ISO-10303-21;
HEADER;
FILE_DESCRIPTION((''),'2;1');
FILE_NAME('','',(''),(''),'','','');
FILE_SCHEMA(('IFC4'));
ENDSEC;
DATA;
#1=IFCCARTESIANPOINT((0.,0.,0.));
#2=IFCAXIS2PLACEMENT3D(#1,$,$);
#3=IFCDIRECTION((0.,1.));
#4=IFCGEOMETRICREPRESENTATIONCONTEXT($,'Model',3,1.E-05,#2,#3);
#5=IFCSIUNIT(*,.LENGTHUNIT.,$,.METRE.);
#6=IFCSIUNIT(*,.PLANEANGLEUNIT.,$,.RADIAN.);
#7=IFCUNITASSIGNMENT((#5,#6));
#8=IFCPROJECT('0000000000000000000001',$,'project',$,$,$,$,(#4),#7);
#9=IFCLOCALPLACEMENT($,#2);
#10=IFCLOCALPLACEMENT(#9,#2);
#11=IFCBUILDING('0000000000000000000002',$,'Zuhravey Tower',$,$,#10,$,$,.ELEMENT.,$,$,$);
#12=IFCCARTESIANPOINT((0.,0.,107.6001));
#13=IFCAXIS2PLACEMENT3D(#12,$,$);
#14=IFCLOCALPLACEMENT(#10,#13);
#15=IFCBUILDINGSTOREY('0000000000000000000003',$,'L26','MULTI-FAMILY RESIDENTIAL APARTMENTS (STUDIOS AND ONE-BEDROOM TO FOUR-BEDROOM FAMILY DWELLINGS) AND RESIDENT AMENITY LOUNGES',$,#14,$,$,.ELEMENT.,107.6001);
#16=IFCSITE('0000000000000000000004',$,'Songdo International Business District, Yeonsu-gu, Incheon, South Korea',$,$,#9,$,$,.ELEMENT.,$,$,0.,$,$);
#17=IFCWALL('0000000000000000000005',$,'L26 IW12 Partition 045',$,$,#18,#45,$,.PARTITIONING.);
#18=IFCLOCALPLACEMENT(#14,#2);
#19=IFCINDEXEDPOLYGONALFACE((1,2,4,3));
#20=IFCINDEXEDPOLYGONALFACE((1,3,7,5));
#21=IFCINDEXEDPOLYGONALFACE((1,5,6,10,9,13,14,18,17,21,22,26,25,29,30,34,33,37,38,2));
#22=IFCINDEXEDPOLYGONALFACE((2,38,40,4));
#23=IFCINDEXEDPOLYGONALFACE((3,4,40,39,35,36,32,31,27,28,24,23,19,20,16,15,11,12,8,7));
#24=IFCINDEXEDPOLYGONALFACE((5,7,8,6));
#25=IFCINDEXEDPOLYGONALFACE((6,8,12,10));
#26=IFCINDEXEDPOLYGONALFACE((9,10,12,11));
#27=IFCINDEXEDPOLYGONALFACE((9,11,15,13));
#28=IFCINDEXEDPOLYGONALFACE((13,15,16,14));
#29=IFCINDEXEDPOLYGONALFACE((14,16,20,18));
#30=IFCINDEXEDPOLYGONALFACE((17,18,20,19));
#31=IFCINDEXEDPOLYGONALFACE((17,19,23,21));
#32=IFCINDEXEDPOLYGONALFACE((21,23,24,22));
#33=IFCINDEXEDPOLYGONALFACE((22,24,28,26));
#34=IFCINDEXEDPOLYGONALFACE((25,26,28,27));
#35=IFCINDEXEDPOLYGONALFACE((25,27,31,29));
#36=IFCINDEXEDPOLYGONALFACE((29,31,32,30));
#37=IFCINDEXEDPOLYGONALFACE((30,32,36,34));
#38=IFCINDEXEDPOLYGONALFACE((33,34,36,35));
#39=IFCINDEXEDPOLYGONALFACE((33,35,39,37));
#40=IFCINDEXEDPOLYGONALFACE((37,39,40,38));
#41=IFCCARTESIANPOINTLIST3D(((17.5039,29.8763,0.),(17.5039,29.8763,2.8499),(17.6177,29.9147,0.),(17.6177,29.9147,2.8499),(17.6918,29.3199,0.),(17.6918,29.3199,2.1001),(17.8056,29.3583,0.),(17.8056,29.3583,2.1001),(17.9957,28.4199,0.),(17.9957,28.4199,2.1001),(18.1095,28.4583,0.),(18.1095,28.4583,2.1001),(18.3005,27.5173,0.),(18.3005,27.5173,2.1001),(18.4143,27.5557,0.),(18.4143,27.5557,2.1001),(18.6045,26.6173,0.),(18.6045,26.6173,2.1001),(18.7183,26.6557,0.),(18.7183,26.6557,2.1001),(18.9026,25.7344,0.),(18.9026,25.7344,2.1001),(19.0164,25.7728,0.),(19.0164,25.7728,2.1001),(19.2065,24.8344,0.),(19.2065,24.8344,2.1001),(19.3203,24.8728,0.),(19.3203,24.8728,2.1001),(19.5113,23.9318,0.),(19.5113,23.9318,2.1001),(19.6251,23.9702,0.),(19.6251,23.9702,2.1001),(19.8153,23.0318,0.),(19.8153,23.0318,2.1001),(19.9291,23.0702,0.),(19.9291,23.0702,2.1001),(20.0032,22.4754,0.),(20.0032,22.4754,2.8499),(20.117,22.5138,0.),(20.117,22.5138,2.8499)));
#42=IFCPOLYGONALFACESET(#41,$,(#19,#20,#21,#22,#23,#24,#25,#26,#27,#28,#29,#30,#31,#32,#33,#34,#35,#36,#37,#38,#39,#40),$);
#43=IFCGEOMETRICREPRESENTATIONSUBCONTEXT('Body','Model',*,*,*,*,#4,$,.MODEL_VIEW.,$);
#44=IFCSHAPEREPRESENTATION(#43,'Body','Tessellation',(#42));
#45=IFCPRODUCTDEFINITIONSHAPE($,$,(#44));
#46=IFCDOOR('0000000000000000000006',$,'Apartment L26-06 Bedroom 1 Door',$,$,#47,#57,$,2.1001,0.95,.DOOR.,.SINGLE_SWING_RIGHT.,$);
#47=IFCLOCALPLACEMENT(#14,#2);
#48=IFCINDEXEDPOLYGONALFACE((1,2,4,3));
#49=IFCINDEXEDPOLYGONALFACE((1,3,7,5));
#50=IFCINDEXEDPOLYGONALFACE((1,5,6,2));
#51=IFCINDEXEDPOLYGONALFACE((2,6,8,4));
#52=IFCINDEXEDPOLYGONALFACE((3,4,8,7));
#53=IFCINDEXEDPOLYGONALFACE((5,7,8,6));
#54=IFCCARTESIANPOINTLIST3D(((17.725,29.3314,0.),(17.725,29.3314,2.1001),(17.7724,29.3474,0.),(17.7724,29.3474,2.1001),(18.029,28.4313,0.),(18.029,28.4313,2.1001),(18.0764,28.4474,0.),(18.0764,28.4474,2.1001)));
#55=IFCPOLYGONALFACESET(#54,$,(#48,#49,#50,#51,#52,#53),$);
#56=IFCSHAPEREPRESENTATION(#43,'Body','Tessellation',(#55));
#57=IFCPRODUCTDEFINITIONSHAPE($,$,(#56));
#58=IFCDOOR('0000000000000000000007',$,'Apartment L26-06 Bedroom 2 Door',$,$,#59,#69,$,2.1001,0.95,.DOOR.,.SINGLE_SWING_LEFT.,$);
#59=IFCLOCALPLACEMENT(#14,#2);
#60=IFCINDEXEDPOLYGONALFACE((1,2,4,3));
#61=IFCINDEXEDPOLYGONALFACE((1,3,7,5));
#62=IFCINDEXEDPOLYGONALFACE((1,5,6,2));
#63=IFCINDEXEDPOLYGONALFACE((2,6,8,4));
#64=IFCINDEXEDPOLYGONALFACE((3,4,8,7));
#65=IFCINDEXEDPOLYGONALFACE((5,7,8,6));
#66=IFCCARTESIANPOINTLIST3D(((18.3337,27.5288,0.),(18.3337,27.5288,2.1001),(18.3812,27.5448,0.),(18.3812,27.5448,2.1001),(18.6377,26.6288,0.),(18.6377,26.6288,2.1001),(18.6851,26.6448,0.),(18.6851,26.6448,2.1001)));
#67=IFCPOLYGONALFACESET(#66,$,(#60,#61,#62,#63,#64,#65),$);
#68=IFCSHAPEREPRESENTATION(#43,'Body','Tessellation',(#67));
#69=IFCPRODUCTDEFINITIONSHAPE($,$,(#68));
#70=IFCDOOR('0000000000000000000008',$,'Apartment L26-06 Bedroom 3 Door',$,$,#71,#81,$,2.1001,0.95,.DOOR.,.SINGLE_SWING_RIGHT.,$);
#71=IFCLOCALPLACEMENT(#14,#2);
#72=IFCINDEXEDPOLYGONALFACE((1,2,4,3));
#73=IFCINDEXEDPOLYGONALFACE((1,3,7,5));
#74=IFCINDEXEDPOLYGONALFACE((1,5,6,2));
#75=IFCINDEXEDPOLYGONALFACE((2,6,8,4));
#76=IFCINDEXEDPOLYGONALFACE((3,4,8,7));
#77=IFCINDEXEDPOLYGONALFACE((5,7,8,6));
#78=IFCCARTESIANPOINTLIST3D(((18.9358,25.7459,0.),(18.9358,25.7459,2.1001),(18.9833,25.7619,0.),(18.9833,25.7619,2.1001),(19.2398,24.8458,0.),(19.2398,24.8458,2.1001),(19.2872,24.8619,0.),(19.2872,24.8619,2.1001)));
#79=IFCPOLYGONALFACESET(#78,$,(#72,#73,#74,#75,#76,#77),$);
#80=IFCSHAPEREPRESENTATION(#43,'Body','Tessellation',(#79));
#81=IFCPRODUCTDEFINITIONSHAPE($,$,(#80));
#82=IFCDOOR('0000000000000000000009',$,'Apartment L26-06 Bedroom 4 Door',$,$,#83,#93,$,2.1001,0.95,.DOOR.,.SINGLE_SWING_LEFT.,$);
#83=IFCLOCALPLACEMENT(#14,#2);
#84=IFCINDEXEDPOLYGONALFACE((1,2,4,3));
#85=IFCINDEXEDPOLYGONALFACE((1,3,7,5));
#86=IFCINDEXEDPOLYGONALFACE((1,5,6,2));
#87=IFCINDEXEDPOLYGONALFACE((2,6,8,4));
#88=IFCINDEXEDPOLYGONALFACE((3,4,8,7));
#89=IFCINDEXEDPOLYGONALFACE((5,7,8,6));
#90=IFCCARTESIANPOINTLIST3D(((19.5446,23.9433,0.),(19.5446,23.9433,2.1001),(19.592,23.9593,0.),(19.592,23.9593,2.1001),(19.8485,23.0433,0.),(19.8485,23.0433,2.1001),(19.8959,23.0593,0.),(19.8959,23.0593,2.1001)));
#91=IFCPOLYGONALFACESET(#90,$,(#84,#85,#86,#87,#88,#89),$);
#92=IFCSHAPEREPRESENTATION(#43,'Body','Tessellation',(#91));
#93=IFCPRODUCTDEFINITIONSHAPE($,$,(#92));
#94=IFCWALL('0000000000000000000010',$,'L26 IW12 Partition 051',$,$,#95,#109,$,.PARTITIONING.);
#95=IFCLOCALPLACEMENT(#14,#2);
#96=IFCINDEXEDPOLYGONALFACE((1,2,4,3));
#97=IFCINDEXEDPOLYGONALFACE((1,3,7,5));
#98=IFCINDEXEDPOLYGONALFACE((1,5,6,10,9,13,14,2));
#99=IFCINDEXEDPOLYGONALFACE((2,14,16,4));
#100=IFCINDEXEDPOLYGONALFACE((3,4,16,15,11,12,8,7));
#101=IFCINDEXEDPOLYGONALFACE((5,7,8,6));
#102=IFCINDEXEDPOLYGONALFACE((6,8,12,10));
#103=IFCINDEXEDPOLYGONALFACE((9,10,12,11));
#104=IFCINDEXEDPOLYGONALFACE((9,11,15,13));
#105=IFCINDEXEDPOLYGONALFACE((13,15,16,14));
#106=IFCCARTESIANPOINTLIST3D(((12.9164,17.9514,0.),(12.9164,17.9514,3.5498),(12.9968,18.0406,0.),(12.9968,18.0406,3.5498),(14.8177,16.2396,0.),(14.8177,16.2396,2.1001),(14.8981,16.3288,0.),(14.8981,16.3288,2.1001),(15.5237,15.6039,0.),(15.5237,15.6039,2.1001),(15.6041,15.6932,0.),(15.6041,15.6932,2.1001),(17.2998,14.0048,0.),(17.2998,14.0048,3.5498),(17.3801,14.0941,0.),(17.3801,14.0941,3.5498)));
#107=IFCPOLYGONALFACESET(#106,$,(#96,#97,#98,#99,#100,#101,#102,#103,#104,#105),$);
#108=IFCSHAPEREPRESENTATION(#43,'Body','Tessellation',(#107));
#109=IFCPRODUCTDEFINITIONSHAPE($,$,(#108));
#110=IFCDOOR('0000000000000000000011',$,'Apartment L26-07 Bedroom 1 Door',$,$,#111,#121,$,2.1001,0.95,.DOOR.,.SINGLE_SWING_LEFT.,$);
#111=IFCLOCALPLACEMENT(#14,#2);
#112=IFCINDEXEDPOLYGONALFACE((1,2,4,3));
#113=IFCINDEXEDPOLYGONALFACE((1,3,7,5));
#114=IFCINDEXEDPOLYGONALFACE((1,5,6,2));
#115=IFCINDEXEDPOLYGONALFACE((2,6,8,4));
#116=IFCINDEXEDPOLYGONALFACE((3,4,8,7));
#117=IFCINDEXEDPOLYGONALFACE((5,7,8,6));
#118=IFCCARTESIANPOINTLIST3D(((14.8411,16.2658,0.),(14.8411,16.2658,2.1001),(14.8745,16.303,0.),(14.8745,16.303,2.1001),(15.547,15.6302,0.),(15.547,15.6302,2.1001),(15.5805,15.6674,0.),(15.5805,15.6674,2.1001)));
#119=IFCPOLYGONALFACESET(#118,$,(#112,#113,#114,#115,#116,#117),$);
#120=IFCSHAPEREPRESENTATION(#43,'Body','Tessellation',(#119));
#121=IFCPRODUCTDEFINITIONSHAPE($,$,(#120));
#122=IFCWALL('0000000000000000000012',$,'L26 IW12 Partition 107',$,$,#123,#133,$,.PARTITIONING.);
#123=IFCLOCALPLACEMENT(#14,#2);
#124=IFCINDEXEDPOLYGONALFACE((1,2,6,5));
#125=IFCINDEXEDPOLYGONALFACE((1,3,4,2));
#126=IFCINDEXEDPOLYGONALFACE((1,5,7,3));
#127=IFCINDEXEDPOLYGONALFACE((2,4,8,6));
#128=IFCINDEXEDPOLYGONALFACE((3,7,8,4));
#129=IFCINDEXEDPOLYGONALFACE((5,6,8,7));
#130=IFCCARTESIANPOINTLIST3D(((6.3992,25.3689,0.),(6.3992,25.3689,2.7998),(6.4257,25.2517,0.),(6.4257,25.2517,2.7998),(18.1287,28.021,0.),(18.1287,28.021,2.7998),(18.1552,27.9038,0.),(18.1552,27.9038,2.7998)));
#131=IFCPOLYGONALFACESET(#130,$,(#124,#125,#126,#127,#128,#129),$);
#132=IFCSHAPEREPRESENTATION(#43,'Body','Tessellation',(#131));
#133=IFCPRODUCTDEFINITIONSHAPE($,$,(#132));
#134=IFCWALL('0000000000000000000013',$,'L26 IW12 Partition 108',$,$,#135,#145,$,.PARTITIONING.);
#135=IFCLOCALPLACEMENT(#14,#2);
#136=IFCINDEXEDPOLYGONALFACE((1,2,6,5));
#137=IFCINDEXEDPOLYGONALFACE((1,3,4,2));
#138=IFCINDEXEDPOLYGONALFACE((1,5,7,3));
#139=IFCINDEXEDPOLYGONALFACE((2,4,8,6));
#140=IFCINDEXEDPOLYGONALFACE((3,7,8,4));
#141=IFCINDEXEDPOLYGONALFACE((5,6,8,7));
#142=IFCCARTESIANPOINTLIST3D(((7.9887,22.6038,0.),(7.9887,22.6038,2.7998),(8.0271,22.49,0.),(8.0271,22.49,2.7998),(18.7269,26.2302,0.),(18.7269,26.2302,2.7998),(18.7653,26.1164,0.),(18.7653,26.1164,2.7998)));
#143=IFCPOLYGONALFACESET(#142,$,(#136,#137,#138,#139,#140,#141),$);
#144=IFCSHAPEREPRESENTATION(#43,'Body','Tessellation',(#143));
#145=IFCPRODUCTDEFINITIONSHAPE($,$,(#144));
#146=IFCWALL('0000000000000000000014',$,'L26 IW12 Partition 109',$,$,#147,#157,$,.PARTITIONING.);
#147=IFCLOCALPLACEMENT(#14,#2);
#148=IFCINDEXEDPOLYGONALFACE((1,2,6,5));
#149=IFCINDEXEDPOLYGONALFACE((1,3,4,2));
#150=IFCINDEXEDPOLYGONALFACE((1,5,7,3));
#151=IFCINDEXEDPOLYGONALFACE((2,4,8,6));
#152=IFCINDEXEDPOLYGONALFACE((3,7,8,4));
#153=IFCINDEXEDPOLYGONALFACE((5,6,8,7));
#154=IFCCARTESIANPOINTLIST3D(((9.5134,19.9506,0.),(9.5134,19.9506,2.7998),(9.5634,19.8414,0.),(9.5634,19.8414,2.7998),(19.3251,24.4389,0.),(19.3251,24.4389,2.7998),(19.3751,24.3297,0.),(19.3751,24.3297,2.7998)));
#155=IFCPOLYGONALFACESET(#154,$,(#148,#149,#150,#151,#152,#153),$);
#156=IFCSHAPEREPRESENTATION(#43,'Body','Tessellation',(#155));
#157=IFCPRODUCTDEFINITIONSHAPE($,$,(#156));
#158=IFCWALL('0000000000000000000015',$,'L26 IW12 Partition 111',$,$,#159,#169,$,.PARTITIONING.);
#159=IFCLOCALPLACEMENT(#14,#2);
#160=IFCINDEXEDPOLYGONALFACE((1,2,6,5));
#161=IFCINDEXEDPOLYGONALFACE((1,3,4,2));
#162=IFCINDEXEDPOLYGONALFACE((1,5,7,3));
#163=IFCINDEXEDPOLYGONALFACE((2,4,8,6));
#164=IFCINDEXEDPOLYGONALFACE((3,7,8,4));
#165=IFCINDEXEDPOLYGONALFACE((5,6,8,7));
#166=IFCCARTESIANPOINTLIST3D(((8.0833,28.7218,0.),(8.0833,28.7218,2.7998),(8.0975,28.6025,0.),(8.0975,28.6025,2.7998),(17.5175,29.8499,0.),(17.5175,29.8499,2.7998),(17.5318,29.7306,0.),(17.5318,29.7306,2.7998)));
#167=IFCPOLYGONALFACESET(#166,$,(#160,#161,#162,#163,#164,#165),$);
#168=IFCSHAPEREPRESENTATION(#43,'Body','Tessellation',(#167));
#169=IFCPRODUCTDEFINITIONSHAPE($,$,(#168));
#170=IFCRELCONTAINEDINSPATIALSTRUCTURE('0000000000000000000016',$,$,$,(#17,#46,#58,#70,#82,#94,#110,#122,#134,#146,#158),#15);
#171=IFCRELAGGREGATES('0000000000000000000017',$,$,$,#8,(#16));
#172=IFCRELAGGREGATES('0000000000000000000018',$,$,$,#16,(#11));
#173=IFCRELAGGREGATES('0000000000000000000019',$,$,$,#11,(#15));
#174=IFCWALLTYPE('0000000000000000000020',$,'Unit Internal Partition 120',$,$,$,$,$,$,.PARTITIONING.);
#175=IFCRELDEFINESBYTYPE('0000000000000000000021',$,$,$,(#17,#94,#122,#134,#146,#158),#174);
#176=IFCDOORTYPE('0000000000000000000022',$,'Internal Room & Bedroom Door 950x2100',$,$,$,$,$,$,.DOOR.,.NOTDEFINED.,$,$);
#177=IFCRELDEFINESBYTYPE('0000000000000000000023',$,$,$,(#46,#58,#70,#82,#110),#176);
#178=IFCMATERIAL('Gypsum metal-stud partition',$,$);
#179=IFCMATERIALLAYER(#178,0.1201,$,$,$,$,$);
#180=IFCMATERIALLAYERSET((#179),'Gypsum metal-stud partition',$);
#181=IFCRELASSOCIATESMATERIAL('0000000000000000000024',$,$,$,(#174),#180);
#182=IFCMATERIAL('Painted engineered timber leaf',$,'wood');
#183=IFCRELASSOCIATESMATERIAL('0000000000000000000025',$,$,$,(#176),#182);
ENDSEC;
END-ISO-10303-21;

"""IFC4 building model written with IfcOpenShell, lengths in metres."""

from ifc_helpers import new_model, si_unit, direction, frame, frame_2d, origin, place, context, subcontext, project, spatial, rectangle, extrude, material, layer, layer_set, type_object, element, fill, save


model = new_model("IFC4")

# Units and contexts
model_context = context("Model", 3, precision=1e-05, world=origin(), true_north=direction((0.0, 1.0)))
body_context = subcontext(model_context, "Body", "Model", "MODEL_VIEW")
ifc_project = project(units=[si_unit("LENGTHUNIT", "METRE"), si_unit("PLANEANGLEUNIT", "RADIAN")], contexts=[model_context])

# Site, building, storey
site_placement = place(None, origin())
site = spatial("IfcSite", under=ifc_project, at=site_placement, Name="Songdo International Business District, Yeonsu-gu, Incheon, South Korea", CompositionType="ELEMENT", RefElevation=0.0)
building_placement = place(site_placement, origin())
building = spatial("IfcBuilding", under=site, at=building_placement, Name="Zuhravey Tower", CompositionType="ELEMENT")
storey_placement = place(building_placement, frame((0.0, 0.0, 107.6001)))
storey = spatial("IfcBuildingStorey", under=building, at=storey_placement, Name="L26", Description="MULTI-FAMILY RESIDENTIAL APARTMENTS (STUDIOS AND ONE-BEDROOM TO FOUR-BEDROOM FAMILY DWELLINGS) AND RESIDENT AMENITY LOUNGES", CompositionType="ELEMENT", Elevation=107.6001)

# Wall, openings, doors
ifc_material_1 = material(Name="Gypsum metal-stud partition")
ifc_layer = layer(ifc_material_1, 0.1201)
ifc_layer_set = layer_set([ifc_layer], Name="Gypsum metal-stud partition")
wall_type = type_object("IfcWallType", Name="Unit Internal Partition 120", PredefinedType="PARTITIONING", material=ifc_layer_set)
ifc_material_2 = material(Name="Painted engineered timber leaf", Category="wood")
door_type_1 = type_object("IfcDoorType", Name="Internal Room & Bedroom Door 950x2100", OperationType="NOTDEFINED", PredefinedType="DOOR", material=ifc_material_2)
wall_1_placement = place(storey_placement, frame((17.5608, 29.8955, 0.0), z_axis=(0.0, 0.0, 1.0), x_axis=(0.319948, -0.947435, 0.0)))
wall_1 = element("IfcWall", 1, at=wall_1_placement, inside=storey, type_object=wall_type, Name="L26 IW12 Partition 045", PredefinedType="PARTITIONING", context=body_context, shape_type="SweptSolid", body=[
    extrude(rectangle(XDim=7.8115, YDim=0.1201, at=frame_2d((3.9058, 0.0))), origin(), (0.0, 0.0, 1.0), 2.8499),
])
opening_1_placement = place(wall_1_placement, frame((0.5872, 0.0, 0.0)))
opening_1 = element("IfcOpeningElement", 2, at=opening_1_placement, cuts=wall_1, PredefinedType="OPENING", context=body_context, shape_type="SweptSolid", body=[
    extrude(rectangle(XDim=0.95, YDim=2.1001, at=frame_2d((0.4751, 1.05))), frame((0.0, 0.072, 0.0), z_axis=(0.0, -1.0, 0.0), x_axis=(1.0, 0.0, 0.0)), (0.0, 0.0, 1.0), 0.144),
])
opening_2_placement = place(wall_1_placement, frame((2.4897, 0.0, 0.0)))
opening_2 = element("IfcOpeningElement", 3, at=opening_2_placement, cuts=wall_1, PredefinedType="OPENING", context=body_context, shape_type="SweptSolid", body=[
    extrude(rectangle(XDim=0.95, YDim=2.1001, at=frame_2d((0.4751, 1.05))), frame((0.0, 0.072, 0.0), z_axis=(0.0, -1.0, 0.0), x_axis=(1.0, 0.0, 0.0)), (0.0, 0.0, 1.0), 0.144),
])
opening_3_placement = place(wall_1_placement, frame((4.3716, 0.0, 0.0)))
opening_3 = element("IfcOpeningElement", 4, at=opening_3_placement, cuts=wall_1, PredefinedType="OPENING", context=body_context, shape_type="SweptSolid", body=[
    extrude(rectangle(XDim=0.95, YDim=2.1001, at=frame_2d((0.4751, 1.05))), frame((0.0, 0.072, 0.0), z_axis=(0.0, -1.0, 0.0), x_axis=(1.0, 0.0, 0.0)), (0.0, 0.0, 1.0), 0.144),
])
opening_4_placement = place(wall_1_placement, frame((6.2742, 0.0, 0.0)))
opening_4 = element("IfcOpeningElement", 5, at=opening_4_placement, cuts=wall_1, PredefinedType="OPENING", context=body_context, shape_type="SweptSolid", body=[
    extrude(rectangle(XDim=0.95, YDim=2.1001, at=frame_2d((0.4751, 1.05))), frame((0.0, 0.072, 0.0), z_axis=(0.0, -1.0, 0.0), x_axis=(1.0, 0.0, 0.0)), (0.0, 0.0, 1.0), 0.144),
])
door_1_placement = place(opening_1_placement, frame((0.95, 0.0, 0.0), z_axis=(0.0, 0.0, 1.0), x_axis=(-1.0, 0.0, 0.0)))
door_1 = element("IfcDoor", 6, at=door_1_placement, inside=storey, type_object=door_type_1, Name="Apartment L26-06 Bedroom 1 Door", OperationType="SINGLE_SWING_RIGHT", OverallHeight=2.1001, OverallWidth=0.95, PredefinedType="DOOR", context=body_context, shape_type="SweptSolid", body=[
    extrude(rectangle(XDim=0.95, YDim=2.1001, at=frame_2d((0.4751, 1.05))), frame((0.0, 0.0249, 0.0), z_axis=(0.0, -1.0, 0.0), x_axis=(1.0, 0.0, 0.0)), (0.0, 0.0, 1.0), 0.05),
])
fill(opening_1, door_1)
door_2_placement = place(opening_2_placement, frame((0.95, 0.0, 0.0), z_axis=(0.0, 0.0, 1.0), x_axis=(-1.0, 0.0, 0.0)))
door_2 = element("IfcDoor", 7, at=door_2_placement, inside=storey, type_object=door_type_1, Name="Apartment L26-06 Bedroom 2 Door", OperationType="SINGLE_SWING_LEFT", OverallHeight=2.1001, OverallWidth=0.95, PredefinedType="DOOR", context=body_context, shape_type="SweptSolid", body=[
    extrude(rectangle(XDim=0.95, YDim=2.1001, at=frame_2d((0.4751, 1.05))), frame((0.0, 0.0249, 0.0), z_axis=(0.0, -1.0, 0.0), x_axis=(1.0, 0.0, 0.0)), (0.0, 0.0, 1.0), 0.05),
])
fill(opening_2, door_2)
door_3_placement = place(opening_3_placement, frame((0.95, 0.0, 0.0), z_axis=(0.0, 0.0, 1.0), x_axis=(-1.0, 0.0, 0.0)))
door_3 = element("IfcDoor", 8, at=door_3_placement, inside=storey, type_object=door_type_1, Name="Apartment L26-06 Bedroom 3 Door", OperationType="SINGLE_SWING_RIGHT", OverallHeight=2.1001, OverallWidth=0.95, PredefinedType="DOOR", context=body_context, shape_type="SweptSolid", body=[
    extrude(rectangle(XDim=0.95, YDim=2.1001, at=frame_2d((0.4751, 1.05))), frame((0.0, 0.0249, 0.0), z_axis=(0.0, -1.0, 0.0), x_axis=(1.0, 0.0, 0.0)), (0.0, 0.0, 1.0), 0.05),
])
fill(opening_3, door_3)
door_4_placement = place(opening_4_placement, frame((0.95, 0.0, 0.0), z_axis=(0.0, 0.0, 1.0), x_axis=(-1.0, 0.0, 0.0)))
door_4 = element("IfcDoor", 9, at=door_4_placement, inside=storey, type_object=door_type_1, Name="Apartment L26-06 Bedroom 4 Door", OperationType="SINGLE_SWING_LEFT", OverallHeight=2.1001, OverallWidth=0.95, PredefinedType="DOOR", context=body_context, shape_type="SweptSolid", body=[
    extrude(rectangle(XDim=0.95, YDim=2.1001, at=frame_2d((0.4751, 1.05))), frame((0.0, 0.0249, 0.0), z_axis=(0.0, -1.0, 0.0), x_axis=(1.0, 0.0, 0.0)), (0.0, 0.0, 1.0), 0.05),
])
fill(opening_4, door_4)

# Wall, opening, door
wall_2_placement = place(storey_placement, frame((12.9565, 17.9961, 0.0), z_axis=(0.0, 0.0, 1.0), x_axis=(0.743162, -0.669111, 0.0)))
wall_2 = element("IfcWall", 10, at=wall_2_placement, inside=storey, type_object=wall_type, Name="L26 IW12 Partition 051", PredefinedType="PARTITIONING", context=body_context, shape_type="SweptSolid", body=[
    extrude(rectangle(XDim=5.8982, YDim=0.1201, at=frame_2d((2.9492, 0.0))), origin(), (0.0, 0.0, 1.0), 3.5498),
])
opening_5_placement = place(wall_2_placement, frame((2.5583, 0.0, 0.0)))
opening_5 = element("IfcOpeningElement", 11, at=opening_5_placement, cuts=wall_2, PredefinedType="OPENING", context=body_context, shape_type="SweptSolid", body=[
    extrude(rectangle(XDim=0.95, YDim=2.1001, at=frame_2d((0.4751, 1.05))), frame((0.0, 0.072, 0.0), z_axis=(0.0, -1.0, 0.0), x_axis=(1.0, 0.0, 0.0)), (0.0, 0.0, 1.0), 0.144),
])
door_5_placement = place(opening_5_placement, frame((0.95, 0.0, 0.0), z_axis=(0.0, 0.0, 1.0), x_axis=(-1.0, 0.0, 0.0)))
door_5 = element("IfcDoor", 12, at=door_5_placement, inside=storey, type_object=door_type_1, Name="Apartment L26-07 Bedroom 1 Door", OperationType="SINGLE_SWING_LEFT", OverallHeight=2.1001, OverallWidth=0.95, PredefinedType="DOOR", context=body_context, shape_type="SweptSolid", body=[
    extrude(rectangle(XDim=0.95, YDim=2.1001, at=frame_2d((0.4751, 1.05))), frame((0.0, 0.0249, 0.0), z_axis=(0.0, -1.0, 0.0), x_axis=(1.0, 0.0, 0.0)), (0.0, 0.0, 1.0), 0.05),
])
fill(opening_5, door_5)

# Walls
wall_3_placement = place(storey_placement, frame((18.1418, 27.9624, 0.0), z_axis=(0.0, 0.0, 1.0), x_axis=(-0.975378, -0.220538, 0.0)))
element("IfcWall", 13, at=wall_3_placement, inside=storey, type_object=wall_type, Name="L26 IW12 Partition 107", PredefinedType="PARTITIONING", context=body_context, shape_type="SweptSolid", body=[
    extrude(rectangle(XDim=12.0256, YDim=0.1201, at=frame_2d((6.0127, 0.0))), origin(), (0.0, 0.0, 1.0), 2.7998),
])
wall_4_placement = place(storey_placement, frame((18.7461, 26.1733, 0.0), z_axis=(0.0, 0.0, 1.0), x_axis=(-0.947431, -0.31996, 0.0)))
element("IfcWall", 14, at=wall_4_placement, inside=storey, type_object=wall_type, Name="L26 IW12 Partition 108", PredefinedType="PARTITIONING", context=body_context, shape_type="SweptSolid", body=[
    extrude(rectangle(XDim=11.334, YDim=0.1201, at=frame_2d((5.667, 0.0))), origin(), (0.0, 0.0, 1.0), 2.7998),
])
wall_5_placement = place(storey_placement, frame((19.3501, 24.3843, 0.0), z_axis=(0.0, 0.0, 1.0), x_axis=(-0.909373, -0.415982, 0.0)))
element("IfcWall", 15, at=wall_5_placement, inside=storey, type_object=wall_type, Name="L26 IW12 Partition 109", PredefinedType="PARTITIONING", context=body_context, shape_type="SweptSolid", body=[
    extrude(rectangle(XDim=10.7896, YDim=0.1201, at=frame_2d((5.3948, 0.0))), origin(), (0.0, 0.0, 1.0), 2.7998),
])
wall_6_placement = place(storey_placement, frame((17.5247, 29.7903, 0.0), z_axis=(0.0, 0.0, 1.0), x_axis=(-0.992926, -0.118736, 0.0)))
element("IfcWall", 16, at=wall_6_placement, inside=storey, type_object=wall_type, Name="L26 IW12 Partition 111", PredefinedType="PARTITIONING", context=body_context, shape_type="SweptSolid", body=[
    extrude(rectangle(XDim=9.5015, YDim=0.1201, at=frame_2d((4.7507, 0.0))), origin(), (0.0, 0.0, 1.0), 2.7998),
])

save(model, "model.ifc")
